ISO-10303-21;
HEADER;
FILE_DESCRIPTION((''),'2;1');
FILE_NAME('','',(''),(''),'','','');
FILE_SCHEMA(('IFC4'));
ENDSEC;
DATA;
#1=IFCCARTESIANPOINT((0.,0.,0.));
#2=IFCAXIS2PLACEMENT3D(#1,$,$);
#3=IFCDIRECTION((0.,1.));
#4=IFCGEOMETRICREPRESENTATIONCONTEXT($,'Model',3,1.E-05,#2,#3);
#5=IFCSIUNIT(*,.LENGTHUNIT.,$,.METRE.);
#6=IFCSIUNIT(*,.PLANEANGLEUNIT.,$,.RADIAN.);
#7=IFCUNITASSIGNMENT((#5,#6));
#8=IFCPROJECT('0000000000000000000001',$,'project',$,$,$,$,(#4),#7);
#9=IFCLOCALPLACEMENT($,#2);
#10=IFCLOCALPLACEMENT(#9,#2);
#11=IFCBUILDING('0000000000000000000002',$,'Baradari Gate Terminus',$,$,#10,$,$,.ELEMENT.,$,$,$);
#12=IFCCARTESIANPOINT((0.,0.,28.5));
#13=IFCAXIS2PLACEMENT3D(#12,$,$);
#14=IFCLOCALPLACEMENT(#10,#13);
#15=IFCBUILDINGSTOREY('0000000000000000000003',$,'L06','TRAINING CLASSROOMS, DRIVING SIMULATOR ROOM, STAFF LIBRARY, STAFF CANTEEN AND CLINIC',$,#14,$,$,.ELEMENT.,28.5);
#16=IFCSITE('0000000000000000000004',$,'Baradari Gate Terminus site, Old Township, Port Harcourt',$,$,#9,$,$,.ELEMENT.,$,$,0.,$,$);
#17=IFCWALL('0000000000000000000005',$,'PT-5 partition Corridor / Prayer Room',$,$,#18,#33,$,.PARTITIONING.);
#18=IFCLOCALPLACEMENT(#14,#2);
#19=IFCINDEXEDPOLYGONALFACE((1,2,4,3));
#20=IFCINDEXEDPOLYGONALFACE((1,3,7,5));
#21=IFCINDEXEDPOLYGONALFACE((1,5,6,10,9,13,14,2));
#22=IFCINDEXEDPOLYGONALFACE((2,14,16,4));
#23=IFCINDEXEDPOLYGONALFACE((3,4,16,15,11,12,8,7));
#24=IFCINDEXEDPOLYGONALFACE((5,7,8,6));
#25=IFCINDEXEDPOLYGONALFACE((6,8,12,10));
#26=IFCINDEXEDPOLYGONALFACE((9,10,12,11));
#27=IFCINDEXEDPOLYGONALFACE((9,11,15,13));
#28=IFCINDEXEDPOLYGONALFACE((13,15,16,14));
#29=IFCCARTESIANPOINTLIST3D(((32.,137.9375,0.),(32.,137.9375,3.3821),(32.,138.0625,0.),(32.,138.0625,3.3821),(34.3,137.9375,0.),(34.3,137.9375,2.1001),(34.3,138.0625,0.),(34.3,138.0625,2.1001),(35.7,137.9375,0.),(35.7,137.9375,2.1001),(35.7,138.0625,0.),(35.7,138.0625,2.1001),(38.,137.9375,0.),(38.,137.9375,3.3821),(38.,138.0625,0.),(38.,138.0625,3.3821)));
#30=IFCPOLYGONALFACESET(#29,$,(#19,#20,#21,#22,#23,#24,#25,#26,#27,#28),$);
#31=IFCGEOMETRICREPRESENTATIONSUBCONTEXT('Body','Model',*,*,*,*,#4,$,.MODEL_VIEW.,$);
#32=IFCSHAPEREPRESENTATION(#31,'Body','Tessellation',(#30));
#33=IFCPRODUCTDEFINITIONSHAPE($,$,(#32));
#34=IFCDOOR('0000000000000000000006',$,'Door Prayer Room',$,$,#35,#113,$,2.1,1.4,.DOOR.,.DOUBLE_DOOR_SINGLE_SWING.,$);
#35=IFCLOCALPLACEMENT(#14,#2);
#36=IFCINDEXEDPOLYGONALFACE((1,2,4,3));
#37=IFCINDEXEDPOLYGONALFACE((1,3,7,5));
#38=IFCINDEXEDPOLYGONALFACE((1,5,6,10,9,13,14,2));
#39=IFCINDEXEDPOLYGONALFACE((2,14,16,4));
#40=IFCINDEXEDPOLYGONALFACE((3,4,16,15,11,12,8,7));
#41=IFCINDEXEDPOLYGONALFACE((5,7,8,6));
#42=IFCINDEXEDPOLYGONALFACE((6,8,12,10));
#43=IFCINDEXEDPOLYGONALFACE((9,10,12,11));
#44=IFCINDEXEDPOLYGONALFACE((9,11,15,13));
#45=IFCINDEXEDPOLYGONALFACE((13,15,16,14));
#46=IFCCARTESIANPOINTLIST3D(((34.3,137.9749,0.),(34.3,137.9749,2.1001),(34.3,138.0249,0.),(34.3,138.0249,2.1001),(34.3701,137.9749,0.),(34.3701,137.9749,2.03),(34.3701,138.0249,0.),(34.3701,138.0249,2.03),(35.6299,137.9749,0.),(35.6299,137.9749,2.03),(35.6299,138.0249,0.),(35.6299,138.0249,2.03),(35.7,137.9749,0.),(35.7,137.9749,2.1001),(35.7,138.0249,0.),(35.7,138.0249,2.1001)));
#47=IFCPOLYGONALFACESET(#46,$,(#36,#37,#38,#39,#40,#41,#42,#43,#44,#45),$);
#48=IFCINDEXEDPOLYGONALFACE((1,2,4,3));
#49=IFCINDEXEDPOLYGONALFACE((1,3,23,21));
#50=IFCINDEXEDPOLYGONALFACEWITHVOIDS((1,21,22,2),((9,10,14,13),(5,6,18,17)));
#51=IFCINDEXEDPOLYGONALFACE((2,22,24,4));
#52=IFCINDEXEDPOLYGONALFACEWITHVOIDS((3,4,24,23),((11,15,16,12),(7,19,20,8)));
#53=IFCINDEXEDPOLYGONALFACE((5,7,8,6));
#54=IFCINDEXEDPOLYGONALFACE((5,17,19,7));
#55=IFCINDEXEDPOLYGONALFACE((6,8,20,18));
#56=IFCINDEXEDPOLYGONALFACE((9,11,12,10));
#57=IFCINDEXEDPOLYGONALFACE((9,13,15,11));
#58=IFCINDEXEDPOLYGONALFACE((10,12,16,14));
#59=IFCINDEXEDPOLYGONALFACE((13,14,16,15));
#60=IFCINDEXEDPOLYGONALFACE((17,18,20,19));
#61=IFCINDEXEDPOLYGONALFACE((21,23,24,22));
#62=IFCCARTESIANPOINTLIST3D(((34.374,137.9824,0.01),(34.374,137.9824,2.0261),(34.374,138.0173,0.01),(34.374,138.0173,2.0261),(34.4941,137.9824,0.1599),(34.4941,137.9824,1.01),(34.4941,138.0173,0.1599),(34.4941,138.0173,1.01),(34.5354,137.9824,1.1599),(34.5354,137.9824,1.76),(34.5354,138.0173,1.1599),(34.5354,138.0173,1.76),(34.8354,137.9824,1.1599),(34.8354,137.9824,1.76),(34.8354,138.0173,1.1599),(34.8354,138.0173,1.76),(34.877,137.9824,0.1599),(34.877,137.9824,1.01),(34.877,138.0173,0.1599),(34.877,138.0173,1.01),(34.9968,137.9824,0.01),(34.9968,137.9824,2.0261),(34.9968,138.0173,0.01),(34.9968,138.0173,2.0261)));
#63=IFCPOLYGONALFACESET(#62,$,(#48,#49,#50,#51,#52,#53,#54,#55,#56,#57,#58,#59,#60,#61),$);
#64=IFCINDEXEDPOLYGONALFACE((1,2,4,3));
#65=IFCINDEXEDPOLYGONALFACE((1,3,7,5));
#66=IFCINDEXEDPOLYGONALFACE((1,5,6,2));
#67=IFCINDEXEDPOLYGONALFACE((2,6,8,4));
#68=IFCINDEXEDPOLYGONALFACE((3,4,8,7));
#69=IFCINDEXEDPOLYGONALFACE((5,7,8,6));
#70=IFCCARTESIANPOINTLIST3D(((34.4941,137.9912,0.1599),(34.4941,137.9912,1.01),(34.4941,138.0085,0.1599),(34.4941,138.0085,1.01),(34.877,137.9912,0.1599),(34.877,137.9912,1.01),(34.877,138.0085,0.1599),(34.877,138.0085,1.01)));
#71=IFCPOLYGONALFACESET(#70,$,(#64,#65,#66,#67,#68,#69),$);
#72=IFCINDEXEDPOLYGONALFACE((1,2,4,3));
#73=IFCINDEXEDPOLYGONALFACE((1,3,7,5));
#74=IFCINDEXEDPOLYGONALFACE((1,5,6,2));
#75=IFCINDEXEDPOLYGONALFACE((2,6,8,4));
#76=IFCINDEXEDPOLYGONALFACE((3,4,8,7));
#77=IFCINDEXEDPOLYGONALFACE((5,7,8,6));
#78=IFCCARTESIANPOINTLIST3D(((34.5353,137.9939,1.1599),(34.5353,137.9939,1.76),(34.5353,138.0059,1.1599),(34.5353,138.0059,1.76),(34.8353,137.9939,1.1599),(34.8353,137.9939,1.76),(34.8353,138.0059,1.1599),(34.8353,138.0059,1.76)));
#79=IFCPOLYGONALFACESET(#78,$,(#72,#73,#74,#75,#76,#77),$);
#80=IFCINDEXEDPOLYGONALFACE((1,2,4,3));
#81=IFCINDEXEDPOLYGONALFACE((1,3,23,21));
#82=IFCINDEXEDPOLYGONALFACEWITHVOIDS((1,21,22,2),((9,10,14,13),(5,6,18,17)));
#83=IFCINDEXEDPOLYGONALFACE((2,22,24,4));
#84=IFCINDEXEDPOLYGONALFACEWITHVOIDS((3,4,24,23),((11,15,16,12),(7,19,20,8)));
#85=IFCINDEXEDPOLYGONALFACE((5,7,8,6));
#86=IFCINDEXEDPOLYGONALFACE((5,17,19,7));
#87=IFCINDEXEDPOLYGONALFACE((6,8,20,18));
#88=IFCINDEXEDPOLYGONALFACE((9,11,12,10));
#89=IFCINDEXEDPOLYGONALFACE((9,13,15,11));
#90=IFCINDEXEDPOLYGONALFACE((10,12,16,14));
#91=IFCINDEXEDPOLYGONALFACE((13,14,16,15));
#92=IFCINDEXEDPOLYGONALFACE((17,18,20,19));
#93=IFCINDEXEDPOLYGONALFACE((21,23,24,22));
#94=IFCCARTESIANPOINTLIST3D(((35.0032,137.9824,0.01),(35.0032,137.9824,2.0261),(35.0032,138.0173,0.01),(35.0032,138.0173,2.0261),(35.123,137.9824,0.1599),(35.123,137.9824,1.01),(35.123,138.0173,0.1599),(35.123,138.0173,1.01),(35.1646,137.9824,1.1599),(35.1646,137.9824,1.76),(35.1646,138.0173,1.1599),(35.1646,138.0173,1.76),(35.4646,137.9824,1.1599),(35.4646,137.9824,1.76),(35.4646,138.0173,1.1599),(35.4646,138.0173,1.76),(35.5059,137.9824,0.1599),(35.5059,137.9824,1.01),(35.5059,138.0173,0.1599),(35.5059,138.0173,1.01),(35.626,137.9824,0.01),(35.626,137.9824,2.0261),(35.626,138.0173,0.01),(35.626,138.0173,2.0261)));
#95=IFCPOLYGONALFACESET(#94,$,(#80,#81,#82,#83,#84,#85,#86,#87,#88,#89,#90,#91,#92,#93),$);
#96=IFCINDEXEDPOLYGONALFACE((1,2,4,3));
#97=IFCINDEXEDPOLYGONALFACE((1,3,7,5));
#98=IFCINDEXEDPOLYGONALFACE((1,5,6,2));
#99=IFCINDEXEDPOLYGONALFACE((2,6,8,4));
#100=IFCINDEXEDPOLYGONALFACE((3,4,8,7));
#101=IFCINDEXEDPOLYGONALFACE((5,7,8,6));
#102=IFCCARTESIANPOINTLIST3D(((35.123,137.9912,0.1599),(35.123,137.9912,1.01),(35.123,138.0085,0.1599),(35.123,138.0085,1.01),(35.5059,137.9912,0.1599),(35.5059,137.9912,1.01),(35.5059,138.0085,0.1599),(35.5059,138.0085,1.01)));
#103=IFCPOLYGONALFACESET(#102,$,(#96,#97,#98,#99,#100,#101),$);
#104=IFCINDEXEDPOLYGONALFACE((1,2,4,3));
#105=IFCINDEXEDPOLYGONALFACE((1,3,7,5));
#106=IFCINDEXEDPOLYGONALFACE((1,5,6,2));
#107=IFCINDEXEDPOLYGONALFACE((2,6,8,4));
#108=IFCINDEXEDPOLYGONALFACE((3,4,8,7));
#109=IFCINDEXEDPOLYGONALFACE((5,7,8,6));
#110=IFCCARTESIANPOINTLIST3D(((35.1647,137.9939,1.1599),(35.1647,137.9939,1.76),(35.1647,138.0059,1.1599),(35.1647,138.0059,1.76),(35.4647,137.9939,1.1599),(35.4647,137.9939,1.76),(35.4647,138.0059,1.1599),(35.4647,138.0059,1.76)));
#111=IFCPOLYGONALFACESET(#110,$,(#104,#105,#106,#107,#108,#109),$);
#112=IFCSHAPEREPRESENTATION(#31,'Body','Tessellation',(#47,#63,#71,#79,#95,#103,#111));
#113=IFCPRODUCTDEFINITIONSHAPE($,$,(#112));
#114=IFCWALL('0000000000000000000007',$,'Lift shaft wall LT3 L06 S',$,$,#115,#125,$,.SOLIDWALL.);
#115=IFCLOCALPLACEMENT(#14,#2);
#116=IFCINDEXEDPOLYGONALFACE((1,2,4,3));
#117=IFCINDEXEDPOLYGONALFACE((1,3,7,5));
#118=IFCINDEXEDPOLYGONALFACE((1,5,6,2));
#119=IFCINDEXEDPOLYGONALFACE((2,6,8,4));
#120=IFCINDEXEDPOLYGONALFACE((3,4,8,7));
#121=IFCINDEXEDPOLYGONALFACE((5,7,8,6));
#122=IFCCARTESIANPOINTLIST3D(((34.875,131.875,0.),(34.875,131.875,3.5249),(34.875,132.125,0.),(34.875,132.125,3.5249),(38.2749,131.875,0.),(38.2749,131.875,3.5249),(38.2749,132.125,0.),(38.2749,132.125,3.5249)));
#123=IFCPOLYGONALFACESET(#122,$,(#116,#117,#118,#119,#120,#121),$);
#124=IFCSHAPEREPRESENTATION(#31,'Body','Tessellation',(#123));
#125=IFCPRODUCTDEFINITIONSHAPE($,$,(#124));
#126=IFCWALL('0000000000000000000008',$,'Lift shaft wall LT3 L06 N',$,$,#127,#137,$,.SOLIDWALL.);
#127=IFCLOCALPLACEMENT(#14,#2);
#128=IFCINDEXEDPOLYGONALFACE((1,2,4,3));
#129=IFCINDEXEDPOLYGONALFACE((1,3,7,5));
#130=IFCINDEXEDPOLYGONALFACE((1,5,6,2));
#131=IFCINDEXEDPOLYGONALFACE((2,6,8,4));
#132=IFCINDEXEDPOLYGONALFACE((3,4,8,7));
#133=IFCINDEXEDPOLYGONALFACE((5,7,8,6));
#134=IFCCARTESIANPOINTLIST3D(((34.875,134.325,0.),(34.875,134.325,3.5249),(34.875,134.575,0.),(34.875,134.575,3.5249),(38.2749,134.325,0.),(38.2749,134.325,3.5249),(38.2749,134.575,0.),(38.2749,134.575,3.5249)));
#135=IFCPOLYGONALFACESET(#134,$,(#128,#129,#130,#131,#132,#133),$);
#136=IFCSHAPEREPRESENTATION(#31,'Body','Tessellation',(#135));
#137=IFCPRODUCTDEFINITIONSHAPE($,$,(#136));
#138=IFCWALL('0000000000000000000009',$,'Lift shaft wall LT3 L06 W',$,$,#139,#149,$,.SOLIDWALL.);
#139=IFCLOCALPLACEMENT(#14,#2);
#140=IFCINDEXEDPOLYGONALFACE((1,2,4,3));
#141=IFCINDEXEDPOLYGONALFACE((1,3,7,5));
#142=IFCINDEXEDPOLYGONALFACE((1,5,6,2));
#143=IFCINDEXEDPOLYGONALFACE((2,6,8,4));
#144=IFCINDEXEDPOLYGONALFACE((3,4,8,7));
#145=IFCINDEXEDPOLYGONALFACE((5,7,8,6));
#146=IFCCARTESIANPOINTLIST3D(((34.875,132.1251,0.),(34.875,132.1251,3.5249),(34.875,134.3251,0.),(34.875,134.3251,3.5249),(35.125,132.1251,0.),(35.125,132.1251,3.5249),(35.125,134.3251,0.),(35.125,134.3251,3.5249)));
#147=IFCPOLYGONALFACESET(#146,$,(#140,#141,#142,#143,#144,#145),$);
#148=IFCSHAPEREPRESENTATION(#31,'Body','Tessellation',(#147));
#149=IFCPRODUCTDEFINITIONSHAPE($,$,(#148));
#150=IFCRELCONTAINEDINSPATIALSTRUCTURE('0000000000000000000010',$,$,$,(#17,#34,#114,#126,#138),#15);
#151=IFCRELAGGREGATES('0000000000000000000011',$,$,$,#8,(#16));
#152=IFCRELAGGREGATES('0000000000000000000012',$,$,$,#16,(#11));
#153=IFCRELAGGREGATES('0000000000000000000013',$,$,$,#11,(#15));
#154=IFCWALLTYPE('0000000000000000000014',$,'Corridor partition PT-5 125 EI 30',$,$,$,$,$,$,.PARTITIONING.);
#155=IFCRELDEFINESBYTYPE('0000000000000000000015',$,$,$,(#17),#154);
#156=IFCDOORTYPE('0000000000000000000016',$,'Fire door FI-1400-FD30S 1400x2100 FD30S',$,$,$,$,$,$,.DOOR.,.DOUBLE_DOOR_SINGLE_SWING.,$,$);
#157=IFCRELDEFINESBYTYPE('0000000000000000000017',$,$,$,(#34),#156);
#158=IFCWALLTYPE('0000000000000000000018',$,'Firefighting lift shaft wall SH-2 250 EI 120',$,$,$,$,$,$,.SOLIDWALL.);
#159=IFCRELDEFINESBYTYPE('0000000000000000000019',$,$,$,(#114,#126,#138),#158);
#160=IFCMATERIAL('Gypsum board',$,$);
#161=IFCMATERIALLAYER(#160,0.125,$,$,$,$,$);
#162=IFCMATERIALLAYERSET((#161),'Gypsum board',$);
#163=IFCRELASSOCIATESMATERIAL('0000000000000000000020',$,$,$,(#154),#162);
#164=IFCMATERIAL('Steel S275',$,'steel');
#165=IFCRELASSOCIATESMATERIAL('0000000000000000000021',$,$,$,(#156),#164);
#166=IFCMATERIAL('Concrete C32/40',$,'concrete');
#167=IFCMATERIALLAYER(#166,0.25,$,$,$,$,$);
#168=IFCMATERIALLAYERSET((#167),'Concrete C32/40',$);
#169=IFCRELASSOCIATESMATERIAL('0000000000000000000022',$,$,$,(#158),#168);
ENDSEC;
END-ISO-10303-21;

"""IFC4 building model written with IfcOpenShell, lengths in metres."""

from ifc_helpers import new_model, si_unit, direction, frame, frame_2d, origin, place, context, subcontext, project, spatial, polyline, rectangle, outline, extrude, material, layer, layer_set, type_object, element, fill, save


model = new_model("IFC4")

# Units and contexts
model_context = context("Model", 3, precision=1e-05, world=origin(), true_north=direction((0.0, 1.0)))
body_context = subcontext(model_context, "Body", "Model", "MODEL_VIEW")
ifc_project = project(units=[si_unit("LENGTHUNIT", "METRE"), si_unit("PLANEANGLEUNIT", "RADIAN")], contexts=[model_context])

# Site, building, storey
site_placement = place(None, origin())
site = spatial("IfcSite", under=ifc_project, at=site_placement, Name="Baradari Gate Terminus site, Old Township, Port Harcourt", CompositionType="ELEMENT", RefElevation=0.0)
building_placement = place(site_placement, origin())
building = spatial("IfcBuilding", under=site, at=building_placement, Name="Baradari Gate Terminus", CompositionType="ELEMENT")
storey_placement = place(building_placement, frame((0.0, 0.0, 28.5)))
storey = spatial("IfcBuildingStorey", under=building, at=storey_placement, Name="L06", Description="TRAINING CLASSROOMS, DRIVING SIMULATOR ROOM, STAFF LIBRARY, STAFF CANTEEN AND CLINIC", CompositionType="ELEMENT", Elevation=28.5)

# Wall, opening, door
ifc_material_1 = material(Name="Gypsum board")
ifc_layer_1 = layer(ifc_material_1, 0.125)
ifc_layer_set_1 = layer_set([ifc_layer_1], Name="Gypsum board")
wall_type_1 = type_object("IfcWallType", Name="Corridor partition PT-5 125 EI 30", PredefinedType="PARTITIONING", material=ifc_layer_set_1)
wall_1_placement = place(storey_placement, frame((32.0, 138.0, 0.0), z_axis=(0.0, 0.0, 1.0), x_axis=(1.0, 0.0, 0.0)))
wall_1 = element("IfcWall", 1, at=wall_1_placement, inside=storey, type_object=wall_type_1, Name="PT-5 partition Corridor / Prayer Room", PredefinedType="PARTITIONING", context=body_context, shape_type="SweptSolid", body=[
    extrude(rectangle(XDim=6.0, YDim=0.125, at=frame_2d((3.0, 0.0))), origin(), (0.0, 0.0, 1.0), 3.3821),
])
opening_1_placement = place(wall_1_placement, frame((2.3, 0.0, 0.0)))
opening_1 = element("IfcOpeningElement", 2, at=opening_1_placement, cuts=wall_1, PredefinedType="OPENING", context=body_context, shape_type="SweptSolid", body=[
    extrude(rectangle(XDim=1.3999, YDim=2.1001, at=frame_2d((0.7, 1.05))), frame((0.0, 0.0725, 0.0), z_axis=(0.0, -1.0, 0.0), x_axis=(1.0, 0.0, 0.0)), (0.0, 0.0, 1.0), 0.145),
])
ifc_material_2 = material(Name="Steel S275", Category="steel")
door_type_1 = type_object("IfcDoorType", Name="Fire door FI-1400-FD30S 1400x2100 FD30S", OperationType="DOUBLE_DOOR_SINGLE_SWING", PredefinedType="DOOR", material=ifc_material_2)
door_1_placement = place(opening_1_placement, origin())
door_1 = element("IfcDoor", 3, at=door_1_placement, inside=storey, type_object=door_type_1, Name="Door Prayer Room", OperationType="DOUBLE_DOOR_SINGLE_SWING", OverallHeight=2.1, OverallWidth=1.4, PredefinedType="DOOR", context=body_context, shape_type="SweptSolid", body=[
    extrude(outline(polyline([(0.0, 0.0), (0.0701, 0.0), (0.0701, 2.03), (1.3298, 2.03), (1.3298, 0.0), (1.3999, 0.0), (1.3999, 2.1001), (0.0, 2.1001), (0.0, 0.0)])), frame((0.0, 0.0249, 0.0), z_axis=(0.0, -1.0, 0.0), x_axis=(1.0, 0.0, 0.0)), (0.0, 0.0, 1.0), 0.05),
    extrude(outline(polyline([(0.074, 0.01), (0.6968, 0.01), (0.6968, 2.0261), (0.074, 2.0261), (0.074, 0.01)]), holes=[polyline([(0.1941, 0.1599), (0.5769, 0.1599), (0.5769, 1.01), (0.1941, 1.01), (0.1941, 0.1599)]), polyline([(0.2354, 1.1599), (0.5354, 1.1599), (0.5354, 1.76), (0.2354, 1.76), (0.2354, 1.1599)])]), frame((0.0, 0.0173, 0.0), z_axis=(0.0, -1.0, 0.0), x_axis=(1.0, 0.0, 0.0)), (0.0, 0.0, 1.0), 0.0349),
    extrude(rectangle(XDim=0.3828, YDim=0.8501, at=frame_2d((0.3855, 0.585))), frame((0.0, 0.0085, 0.0), z_axis=(0.0, -1.0, 0.0), x_axis=(1.0, 0.0, 0.0)), (0.0, 0.0, 1.0), 0.0173),
    extrude(rectangle(XDim=0.3, YDim=0.6001, at=frame_2d((0.3853, 1.46))), frame((0.0, 0.0059, 0.0), z_axis=(0.0, -1.0, 0.0), x_axis=(1.0, 0.0, 0.0)), (0.0, 0.0, 1.0), 0.012),
    extrude(outline(polyline([(0.7031, 0.01), (1.3259, 0.01), (1.3259, 2.0261), (0.7031, 2.0261), (0.7031, 0.01)]), holes=[polyline([(0.823, 0.1599), (1.2058, 0.1599), (1.2058, 1.01), (0.823, 1.01), (0.823, 0.1599)]), polyline([(0.8645, 1.1599), (1.1646, 1.1599), (1.1646, 1.76), (0.8645, 1.76), (0.8645, 1.1599)])]), frame((0.0, 0.0173, 0.0), z_axis=(0.0, -1.0, 0.0), x_axis=(1.0, 0.0, 0.0)), (0.0, 0.0, 1.0), 0.0349),
    extrude(rectangle(XDim=0.3828, YDim=0.8501, at=frame_2d((1.0144, 0.585))), frame((0.0, 0.0085, 0.0), z_axis=(0.0, -1.0, 0.0), x_axis=(1.0, 0.0, 0.0)), (0.0, 0.0, 1.0), 0.0173),
    extrude(rectangle(XDim=0.3, YDim=0.6001, at=frame_2d((1.0146, 1.46))), frame((0.0, 0.0059, 0.0), z_axis=(0.0, -1.0, 0.0), x_axis=(1.0, 0.0, 0.0)), (0.0, 0.0, 1.0), 0.012),
])
fill(opening_1, door_1)

# Walls
ifc_material_3 = material(Name="Concrete C32/40", Category="concrete")
ifc_layer_2 = layer(ifc_material_3, 0.25)
ifc_layer_set_2 = layer_set([ifc_layer_2], Name="Concrete C32/40")
wall_type_2 = type_object("IfcWallType", Name="Firefighting lift shaft wall SH-2 250 EI 120", PredefinedType="SOLIDWALL", material=ifc_layer_set_2)
for number, where, z_axis, x_axis, name in (
    (4, (34.875, 132.0, 0.0), (0.0, 0.0, 1.0), (1.0, 0.0, 0.0), "Lift shaft wall LT3 L06 S"),
    (5, (34.875, 134.45, 0.0), (0.0, 0.0, 1.0), (1.0, 0.0, 0.0), "Lift shaft wall LT3 L06 N"),
):
    element("IfcWall", number, at=place(storey_placement, frame(where, z_axis=z_axis, x_axis=x_axis)), inside=storey, type_object=wall_type_2, Name=name, PredefinedType="SOLIDWALL", context=body_context, shape_type="SweptSolid", body=[
        extrude(rectangle(XDim=3.3999, YDim=0.25, at=frame_2d((1.7, 0.0))), origin(), (0.0, 0.0, 1.0), 3.5249),
    ])
wall_2_placement = place(storey_placement, frame((35.0, 132.125, 0.0), z_axis=(0.0, 0.0, 1.0), x_axis=(0.0, 1.0, 0.0)))
element("IfcWall", 6, at=wall_2_placement, inside=storey, type_object=wall_type_2, Name="Lift shaft wall LT3 L06 W", PredefinedType="SOLIDWALL", context=body_context, shape_type="SweptSolid", body=[
    extrude(rectangle(XDim=2.2, YDim=0.25, at=frame_2d((1.1001, 0.0))), origin(), (0.0, 0.0, 1.0), 3.5249),
])

save(model, "model.ifc")
